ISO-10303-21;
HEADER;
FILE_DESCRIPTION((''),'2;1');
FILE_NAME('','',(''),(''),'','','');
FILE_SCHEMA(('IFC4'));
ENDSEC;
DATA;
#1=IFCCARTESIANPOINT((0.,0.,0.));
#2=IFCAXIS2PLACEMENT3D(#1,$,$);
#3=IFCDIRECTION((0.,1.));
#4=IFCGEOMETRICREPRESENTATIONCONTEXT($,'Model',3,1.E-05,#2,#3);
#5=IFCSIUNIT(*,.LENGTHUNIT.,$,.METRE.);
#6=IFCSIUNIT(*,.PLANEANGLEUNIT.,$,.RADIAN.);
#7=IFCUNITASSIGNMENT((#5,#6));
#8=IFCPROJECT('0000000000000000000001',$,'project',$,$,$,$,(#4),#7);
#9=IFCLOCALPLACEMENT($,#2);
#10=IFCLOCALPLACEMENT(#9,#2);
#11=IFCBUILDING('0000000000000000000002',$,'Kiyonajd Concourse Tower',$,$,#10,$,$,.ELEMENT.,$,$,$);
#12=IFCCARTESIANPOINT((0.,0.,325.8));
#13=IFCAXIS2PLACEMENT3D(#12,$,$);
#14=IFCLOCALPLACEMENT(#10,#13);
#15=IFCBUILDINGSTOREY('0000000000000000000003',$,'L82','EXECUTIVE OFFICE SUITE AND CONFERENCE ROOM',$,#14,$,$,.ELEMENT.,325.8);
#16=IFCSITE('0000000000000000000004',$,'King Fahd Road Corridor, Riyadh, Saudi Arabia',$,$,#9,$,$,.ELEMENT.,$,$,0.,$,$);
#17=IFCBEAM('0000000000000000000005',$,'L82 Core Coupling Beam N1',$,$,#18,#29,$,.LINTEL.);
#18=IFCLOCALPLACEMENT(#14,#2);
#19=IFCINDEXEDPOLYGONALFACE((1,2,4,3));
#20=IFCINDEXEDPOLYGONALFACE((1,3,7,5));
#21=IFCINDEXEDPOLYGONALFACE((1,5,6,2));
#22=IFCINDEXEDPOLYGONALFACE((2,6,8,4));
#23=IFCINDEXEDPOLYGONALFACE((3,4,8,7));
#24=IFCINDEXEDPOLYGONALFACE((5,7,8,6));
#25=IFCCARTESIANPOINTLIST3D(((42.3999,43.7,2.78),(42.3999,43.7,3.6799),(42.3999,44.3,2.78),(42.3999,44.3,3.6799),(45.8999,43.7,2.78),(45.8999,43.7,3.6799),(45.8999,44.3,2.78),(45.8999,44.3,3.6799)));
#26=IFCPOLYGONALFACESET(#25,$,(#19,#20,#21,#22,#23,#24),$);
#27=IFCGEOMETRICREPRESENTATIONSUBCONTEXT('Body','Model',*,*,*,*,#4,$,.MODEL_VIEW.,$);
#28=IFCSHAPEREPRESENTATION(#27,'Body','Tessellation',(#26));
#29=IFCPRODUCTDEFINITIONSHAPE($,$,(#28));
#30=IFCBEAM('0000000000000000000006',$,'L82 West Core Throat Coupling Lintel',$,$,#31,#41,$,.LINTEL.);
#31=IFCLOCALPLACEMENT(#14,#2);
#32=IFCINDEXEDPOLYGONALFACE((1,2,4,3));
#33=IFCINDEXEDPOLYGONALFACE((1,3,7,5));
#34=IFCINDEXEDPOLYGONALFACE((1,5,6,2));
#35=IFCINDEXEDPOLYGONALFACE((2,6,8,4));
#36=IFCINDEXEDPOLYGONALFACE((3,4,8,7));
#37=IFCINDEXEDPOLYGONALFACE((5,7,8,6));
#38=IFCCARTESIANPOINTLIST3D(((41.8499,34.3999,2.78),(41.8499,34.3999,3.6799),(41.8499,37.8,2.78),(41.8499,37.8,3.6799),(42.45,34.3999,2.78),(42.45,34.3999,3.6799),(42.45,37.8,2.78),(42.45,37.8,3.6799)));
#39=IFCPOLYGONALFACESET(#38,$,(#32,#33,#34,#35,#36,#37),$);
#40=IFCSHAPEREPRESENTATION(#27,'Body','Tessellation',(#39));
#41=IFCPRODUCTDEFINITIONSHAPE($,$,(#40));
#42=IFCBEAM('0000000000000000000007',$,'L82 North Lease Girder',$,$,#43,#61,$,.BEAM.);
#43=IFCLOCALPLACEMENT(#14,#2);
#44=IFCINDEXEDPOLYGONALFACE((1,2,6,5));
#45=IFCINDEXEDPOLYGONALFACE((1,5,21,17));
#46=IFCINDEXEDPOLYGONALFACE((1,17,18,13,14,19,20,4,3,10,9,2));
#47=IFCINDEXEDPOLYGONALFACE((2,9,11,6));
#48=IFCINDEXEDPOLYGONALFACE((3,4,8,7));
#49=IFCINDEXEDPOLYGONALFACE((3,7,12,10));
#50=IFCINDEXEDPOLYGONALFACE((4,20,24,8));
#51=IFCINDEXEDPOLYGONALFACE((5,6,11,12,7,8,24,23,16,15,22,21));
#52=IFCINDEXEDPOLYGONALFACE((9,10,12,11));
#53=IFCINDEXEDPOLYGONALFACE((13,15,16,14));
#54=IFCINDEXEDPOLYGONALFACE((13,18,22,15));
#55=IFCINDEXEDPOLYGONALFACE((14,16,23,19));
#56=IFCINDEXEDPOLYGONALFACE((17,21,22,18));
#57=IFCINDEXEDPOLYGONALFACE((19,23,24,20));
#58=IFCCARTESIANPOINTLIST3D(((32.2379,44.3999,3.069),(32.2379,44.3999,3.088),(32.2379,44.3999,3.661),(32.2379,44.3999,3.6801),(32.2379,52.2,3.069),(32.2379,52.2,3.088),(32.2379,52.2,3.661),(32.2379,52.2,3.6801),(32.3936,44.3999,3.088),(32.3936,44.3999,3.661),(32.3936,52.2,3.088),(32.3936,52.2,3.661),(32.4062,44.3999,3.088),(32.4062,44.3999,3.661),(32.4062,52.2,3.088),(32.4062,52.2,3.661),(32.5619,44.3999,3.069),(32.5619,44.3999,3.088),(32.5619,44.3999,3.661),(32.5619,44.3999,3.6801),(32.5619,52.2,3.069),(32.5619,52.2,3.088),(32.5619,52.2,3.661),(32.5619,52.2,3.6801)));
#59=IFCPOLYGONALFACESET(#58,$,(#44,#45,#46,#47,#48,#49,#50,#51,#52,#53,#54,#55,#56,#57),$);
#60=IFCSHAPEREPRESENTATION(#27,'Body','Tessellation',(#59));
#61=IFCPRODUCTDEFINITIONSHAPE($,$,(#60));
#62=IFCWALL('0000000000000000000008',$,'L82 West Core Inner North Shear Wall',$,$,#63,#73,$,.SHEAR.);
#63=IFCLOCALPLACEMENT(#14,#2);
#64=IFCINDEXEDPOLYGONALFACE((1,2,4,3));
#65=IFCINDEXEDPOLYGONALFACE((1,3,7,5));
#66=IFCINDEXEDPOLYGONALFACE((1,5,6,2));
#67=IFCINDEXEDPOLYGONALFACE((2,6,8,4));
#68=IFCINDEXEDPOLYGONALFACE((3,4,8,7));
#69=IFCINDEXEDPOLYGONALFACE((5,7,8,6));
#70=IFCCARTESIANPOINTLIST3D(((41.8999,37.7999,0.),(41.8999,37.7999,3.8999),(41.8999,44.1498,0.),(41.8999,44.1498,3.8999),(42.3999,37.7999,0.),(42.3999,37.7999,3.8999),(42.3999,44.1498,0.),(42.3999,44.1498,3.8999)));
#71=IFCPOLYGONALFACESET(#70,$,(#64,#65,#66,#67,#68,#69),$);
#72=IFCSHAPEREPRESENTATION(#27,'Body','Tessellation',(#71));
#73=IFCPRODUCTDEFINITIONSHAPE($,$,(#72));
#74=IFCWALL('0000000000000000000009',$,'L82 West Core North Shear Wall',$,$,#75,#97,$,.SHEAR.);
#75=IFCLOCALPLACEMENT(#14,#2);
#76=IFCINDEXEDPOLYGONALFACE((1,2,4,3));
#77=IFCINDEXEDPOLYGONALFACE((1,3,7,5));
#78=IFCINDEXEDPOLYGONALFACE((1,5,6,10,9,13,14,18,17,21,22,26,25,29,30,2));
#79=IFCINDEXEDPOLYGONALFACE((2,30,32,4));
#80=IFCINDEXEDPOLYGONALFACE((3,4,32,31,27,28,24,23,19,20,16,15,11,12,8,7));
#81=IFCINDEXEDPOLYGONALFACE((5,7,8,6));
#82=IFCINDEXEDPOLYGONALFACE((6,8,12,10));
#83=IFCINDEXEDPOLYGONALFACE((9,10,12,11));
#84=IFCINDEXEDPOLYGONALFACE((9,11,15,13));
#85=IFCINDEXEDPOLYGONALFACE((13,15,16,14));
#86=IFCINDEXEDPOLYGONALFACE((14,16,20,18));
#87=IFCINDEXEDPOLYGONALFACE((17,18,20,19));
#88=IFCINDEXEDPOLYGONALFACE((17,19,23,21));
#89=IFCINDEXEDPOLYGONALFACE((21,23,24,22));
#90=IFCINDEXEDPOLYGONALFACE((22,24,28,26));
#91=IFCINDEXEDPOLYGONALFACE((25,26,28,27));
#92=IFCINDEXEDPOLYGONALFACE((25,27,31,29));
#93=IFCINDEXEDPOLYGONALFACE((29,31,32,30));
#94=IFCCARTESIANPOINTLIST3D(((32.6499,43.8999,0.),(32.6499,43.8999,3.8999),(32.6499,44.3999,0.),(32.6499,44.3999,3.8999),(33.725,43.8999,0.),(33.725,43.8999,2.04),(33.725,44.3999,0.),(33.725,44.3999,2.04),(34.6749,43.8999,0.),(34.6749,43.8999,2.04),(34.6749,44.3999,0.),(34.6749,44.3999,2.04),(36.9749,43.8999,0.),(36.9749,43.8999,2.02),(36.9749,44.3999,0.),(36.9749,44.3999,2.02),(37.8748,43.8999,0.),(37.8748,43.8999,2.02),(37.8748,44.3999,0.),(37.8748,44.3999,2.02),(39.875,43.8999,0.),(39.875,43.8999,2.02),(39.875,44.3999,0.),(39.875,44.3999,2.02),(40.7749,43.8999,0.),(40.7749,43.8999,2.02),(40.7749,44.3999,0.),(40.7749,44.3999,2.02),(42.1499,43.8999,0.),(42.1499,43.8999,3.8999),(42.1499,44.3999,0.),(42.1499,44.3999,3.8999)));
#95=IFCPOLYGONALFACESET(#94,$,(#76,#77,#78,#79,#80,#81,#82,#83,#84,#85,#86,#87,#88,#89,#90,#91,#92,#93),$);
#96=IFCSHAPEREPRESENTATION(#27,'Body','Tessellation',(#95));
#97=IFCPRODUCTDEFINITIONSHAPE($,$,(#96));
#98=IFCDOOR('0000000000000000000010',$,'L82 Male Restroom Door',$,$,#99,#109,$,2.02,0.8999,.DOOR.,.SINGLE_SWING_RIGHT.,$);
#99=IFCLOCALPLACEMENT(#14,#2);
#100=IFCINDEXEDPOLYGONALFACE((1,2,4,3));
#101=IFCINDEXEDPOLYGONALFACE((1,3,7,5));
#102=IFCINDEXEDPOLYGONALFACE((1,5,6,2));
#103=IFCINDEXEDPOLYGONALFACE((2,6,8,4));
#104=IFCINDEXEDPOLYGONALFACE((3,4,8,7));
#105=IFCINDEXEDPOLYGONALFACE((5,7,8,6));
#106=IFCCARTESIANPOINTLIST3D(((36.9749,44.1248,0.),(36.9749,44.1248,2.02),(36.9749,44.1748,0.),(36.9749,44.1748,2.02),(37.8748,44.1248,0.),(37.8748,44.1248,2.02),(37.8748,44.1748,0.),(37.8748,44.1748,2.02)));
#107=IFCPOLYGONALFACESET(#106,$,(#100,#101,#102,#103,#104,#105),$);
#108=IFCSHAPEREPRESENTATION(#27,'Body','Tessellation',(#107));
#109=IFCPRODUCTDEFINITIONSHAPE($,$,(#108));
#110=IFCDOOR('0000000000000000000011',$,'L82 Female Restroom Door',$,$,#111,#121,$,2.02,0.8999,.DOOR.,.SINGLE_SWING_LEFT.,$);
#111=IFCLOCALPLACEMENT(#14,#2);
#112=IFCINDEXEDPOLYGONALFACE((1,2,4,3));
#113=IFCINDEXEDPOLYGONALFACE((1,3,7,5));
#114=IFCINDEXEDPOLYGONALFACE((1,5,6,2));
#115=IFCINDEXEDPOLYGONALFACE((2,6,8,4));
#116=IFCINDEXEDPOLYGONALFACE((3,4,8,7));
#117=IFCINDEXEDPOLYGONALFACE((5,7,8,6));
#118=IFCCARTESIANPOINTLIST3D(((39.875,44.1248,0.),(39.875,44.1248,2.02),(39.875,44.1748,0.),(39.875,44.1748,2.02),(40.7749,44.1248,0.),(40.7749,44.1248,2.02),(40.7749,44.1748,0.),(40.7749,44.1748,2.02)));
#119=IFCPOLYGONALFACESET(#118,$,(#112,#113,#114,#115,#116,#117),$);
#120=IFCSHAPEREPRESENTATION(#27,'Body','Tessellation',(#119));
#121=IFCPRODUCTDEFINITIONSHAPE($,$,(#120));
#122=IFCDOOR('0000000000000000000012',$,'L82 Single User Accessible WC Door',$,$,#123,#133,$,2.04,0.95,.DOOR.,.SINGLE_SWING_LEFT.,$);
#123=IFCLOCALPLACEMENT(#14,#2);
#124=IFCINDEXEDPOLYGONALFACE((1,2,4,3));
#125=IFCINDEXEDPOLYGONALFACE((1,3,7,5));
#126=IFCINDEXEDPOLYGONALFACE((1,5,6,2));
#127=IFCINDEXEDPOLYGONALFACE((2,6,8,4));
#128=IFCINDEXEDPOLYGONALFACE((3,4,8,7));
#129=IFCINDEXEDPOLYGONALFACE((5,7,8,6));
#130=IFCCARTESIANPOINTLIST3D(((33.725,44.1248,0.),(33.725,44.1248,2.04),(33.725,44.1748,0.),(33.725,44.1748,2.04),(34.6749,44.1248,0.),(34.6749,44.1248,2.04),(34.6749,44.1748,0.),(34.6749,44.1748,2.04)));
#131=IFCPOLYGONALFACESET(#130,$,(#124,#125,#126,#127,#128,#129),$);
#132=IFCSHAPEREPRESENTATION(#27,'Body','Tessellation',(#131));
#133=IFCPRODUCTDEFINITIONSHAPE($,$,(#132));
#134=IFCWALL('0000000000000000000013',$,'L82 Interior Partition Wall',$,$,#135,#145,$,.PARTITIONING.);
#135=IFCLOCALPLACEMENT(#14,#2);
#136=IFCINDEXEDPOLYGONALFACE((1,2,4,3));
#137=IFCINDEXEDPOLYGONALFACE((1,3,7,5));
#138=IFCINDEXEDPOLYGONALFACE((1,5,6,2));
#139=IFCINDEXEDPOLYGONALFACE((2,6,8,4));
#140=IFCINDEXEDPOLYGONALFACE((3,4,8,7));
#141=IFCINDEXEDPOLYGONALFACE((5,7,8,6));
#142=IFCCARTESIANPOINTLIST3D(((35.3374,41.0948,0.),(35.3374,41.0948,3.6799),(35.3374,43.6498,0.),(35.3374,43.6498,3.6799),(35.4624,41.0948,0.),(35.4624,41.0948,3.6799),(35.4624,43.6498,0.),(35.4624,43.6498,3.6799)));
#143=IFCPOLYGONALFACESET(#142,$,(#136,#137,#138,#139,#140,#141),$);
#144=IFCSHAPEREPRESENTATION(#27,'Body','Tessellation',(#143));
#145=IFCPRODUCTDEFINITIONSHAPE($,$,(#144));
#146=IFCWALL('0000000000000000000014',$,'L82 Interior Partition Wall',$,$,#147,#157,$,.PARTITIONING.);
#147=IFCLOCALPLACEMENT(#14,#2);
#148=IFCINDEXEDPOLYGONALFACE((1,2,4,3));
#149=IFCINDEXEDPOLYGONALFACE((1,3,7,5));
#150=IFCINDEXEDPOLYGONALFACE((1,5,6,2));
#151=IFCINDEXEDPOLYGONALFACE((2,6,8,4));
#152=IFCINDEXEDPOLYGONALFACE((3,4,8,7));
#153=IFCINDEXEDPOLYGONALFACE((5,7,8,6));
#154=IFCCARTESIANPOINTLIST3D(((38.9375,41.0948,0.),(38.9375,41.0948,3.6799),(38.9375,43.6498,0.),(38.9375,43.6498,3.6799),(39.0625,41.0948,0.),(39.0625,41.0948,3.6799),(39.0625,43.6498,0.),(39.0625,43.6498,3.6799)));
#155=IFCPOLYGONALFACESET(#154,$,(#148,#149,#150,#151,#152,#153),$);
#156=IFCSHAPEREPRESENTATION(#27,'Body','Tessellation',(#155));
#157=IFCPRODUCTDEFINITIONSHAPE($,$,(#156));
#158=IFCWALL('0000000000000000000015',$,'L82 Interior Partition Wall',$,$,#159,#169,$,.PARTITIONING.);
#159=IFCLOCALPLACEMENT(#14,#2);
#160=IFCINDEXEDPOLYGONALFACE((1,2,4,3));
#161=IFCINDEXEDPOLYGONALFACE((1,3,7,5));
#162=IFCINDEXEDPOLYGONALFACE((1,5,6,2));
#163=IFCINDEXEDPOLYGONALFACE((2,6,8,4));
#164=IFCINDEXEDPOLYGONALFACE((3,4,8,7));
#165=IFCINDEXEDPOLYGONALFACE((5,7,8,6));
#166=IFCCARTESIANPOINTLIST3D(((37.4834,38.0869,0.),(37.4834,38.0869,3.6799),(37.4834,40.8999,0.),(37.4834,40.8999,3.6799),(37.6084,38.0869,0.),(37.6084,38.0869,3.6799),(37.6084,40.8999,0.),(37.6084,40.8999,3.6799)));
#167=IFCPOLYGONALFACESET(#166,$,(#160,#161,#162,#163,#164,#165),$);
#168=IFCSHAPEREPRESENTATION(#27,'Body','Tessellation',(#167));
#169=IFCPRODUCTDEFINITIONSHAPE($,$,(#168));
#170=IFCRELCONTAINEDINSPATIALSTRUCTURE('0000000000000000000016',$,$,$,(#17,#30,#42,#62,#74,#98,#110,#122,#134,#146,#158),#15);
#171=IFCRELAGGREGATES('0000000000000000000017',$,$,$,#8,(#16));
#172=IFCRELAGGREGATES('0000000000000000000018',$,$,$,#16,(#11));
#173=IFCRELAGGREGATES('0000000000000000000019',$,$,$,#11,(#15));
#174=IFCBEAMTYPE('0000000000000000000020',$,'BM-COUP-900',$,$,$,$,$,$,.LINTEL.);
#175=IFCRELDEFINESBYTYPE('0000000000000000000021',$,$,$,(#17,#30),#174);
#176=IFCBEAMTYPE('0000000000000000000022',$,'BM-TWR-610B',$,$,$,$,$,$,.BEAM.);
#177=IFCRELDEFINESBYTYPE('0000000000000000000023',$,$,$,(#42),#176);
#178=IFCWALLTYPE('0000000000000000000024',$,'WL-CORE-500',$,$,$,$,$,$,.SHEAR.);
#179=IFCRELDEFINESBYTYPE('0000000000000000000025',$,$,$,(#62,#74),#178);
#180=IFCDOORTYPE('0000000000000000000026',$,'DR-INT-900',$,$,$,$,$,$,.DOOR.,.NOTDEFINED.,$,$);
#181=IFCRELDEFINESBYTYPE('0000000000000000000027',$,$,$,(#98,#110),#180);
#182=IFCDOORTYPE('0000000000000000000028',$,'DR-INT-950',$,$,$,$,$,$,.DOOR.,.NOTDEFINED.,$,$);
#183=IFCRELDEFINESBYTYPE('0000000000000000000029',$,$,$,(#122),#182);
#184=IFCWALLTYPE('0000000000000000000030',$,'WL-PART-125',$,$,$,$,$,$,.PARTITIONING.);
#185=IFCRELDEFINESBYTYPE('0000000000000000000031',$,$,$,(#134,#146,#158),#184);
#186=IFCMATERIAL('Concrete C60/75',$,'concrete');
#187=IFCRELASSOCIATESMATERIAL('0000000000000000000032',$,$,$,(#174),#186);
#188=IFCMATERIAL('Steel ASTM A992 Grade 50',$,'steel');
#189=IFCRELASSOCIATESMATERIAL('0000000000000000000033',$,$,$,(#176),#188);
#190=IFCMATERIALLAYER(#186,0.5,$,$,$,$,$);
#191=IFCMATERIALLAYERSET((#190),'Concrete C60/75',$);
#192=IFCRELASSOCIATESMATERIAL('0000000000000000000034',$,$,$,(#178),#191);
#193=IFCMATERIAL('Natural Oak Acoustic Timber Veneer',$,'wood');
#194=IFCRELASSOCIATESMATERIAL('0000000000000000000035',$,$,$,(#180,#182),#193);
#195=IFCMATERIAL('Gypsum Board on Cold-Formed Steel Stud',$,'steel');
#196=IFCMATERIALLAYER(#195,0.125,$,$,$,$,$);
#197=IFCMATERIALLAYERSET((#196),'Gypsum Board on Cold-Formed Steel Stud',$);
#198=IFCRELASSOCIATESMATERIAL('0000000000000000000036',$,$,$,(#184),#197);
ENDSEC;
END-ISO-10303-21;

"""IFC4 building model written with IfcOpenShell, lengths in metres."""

from ifc_helpers import new_model, si_unit, direction, frame, frame_2d, origin, origin_2d, place, context, subcontext, project, spatial, rectangle, i_section, extrude, material, layer, layer_set, material_profile, profile_set, type_object, element, fill, save


model = new_model("IFC4")

# Units and contexts
model_context = context("Model", 3, precision=1e-05, world=origin(), true_north=direction((0.0, 1.0)))
body_context = subcontext(model_context, "Body", "Model", "MODEL_VIEW")
ifc_project = project(units=[si_unit("LENGTHUNIT", "METRE"), si_unit("PLANEANGLEUNIT", "RADIAN")], contexts=[model_context])

# Site, building, storey
site_placement = place(None, origin())
site = spatial("IfcSite", under=ifc_project, at=site_placement, Name="King Fahd Road Corridor, Riyadh, Saudi Arabia", CompositionType="ELEMENT", RefElevation=0.0)
building_placement = place(site_placement, origin())
building = spatial("IfcBuilding", under=site, at=building_placement, Name="Kiyonajd Concourse Tower", CompositionType="ELEMENT")
storey_placement = place(building_placement, frame((0.0, 0.0, 325.8)))
storey = spatial("IfcBuildingStorey", under=building, at=storey_placement, Name="L82", Description="EXECUTIVE OFFICE SUITE AND CONFERENCE ROOM", CompositionType="ELEMENT", Elevation=325.8)

# Beams
ifc_material_1 = material(Name="Concrete C60/75", Category="concrete")
ifc_material_profile_1 = material_profile(ifc_material_1, rectangle(XDim=0.6001, YDim=0.8999, at=origin_2d()), Name="RCBM-600x900")
ifc_profile_set_1 = profile_set([ifc_material_profile_1], Name="Concrete C60/75")
beam_type_1 = type_object("IfcBeamType", Name="BM-COUP-900", PredefinedType="LINTEL", material=ifc_profile_set_1)
beam_1_placement = place(storey_placement, frame((42.3999, 44.0, 3.23), z_axis=(1.0, 0.0, 0.0), x_axis=(0.0, 1.0, 0.0)))
element("IfcBeam", 1, at=beam_1_placement, inside=storey, type_object=beam_type_1, Name="L82 Core Coupling Beam N1", PredefinedType="LINTEL", context=body_context, shape_type="SweptSolid", body=[
    extrude(rectangle(XDim=0.6001, YDim=0.8999, at=origin_2d()), origin(), (0.0, 0.0, 1.0), 3.5),
])
beam_2_placement = place(storey_placement, frame((42.1499, 34.3999, 3.23), z_axis=(0.0, 1.0, 0.0), x_axis=(-1.0, 0.0, 0.0)))
element("IfcBeam", 2, at=beam_2_placement, inside=storey, type_object=beam_type_1, Name="L82 West Core Throat Coupling Lintel", PredefinedType="LINTEL", context=body_context, shape_type="SweptSolid", body=[
    extrude(rectangle(XDim=0.6001, YDim=0.8999, at=origin_2d()), origin(), (0.0, 0.0, 1.0), 3.4001),
])
ifc_material_2 = material(Name="Steel ASTM A992 Grade 50", Category="steel")
ifc_material_profile_2 = material_profile(ifc_material_2, i_section(OverallWidth=0.324, OverallDepth=0.6111, WebThickness=0.0127, FlangeThickness=0.019, at=origin_2d()), Name="W610X155")
ifc_profile_set_2 = profile_set([ifc_material_profile_2], Name="Steel ASTM A992 Grade 50")
beam_type_2 = type_object("IfcBeamType", Name="BM-TWR-610B", PredefinedType="BEAM", material=ifc_profile_set_2)
beam_3_placement = place(storey_placement, frame((32.3999, 44.3999, 3.3745), z_axis=(0.0, 1.0, 0.0), x_axis=(-1.0, 0.0, 0.0)))
element("IfcBeam", 3, at=beam_3_placement, inside=storey, type_object=beam_type_2, Name="L82 North Lease Girder", PredefinedType="BEAM", context=body_context, shape_type="SweptSolid", body=[
    extrude(i_section(OverallWidth=0.324, OverallDepth=0.6111, WebThickness=0.0127, FlangeThickness=0.019, at=origin_2d()), origin(), (0.0, 0.0, 1.0), 7.8),
])

# Wall
ifc_layer_1 = layer(ifc_material_1, 0.5)
ifc_layer_set_1 = layer_set([ifc_layer_1], Name="Concrete C60/75")
wall_type_1 = type_object("IfcWallType", Name="WL-CORE-500", PredefinedType="SHEAR", material=ifc_layer_set_1)
wall_1_placement = place(storey_placement, frame((42.1499, 37.8, 0.0), z_axis=(0.0, 0.0, 1.0), x_axis=(0.0, 1.0, 0.0)))
element("IfcWall", 4, at=wall_1_placement, inside=storey, type_object=wall_type_1, Name="L82 West Core Inner North Shear Wall", PredefinedType="SHEAR", context=body_context, shape_type="SweptSolid", body=[
    extrude(rectangle(XDim=6.3499, YDim=0.5, at=frame_2d((3.1748, 0.0))), origin(), (0.0, 0.0, 1.0), 3.8999),
])

# Wall, openings, doors
wall_2_placement = place(storey_placement, frame((32.6499, 44.1499, 0.0), z_axis=(0.0, 0.0, 1.0), x_axis=(1.0, 0.0, 0.0)))
wall_2 = element("IfcWall", 5, at=wall_2_placement, inside=storey, type_object=wall_type_1, Name="L82 West Core North Shear Wall", PredefinedType="SHEAR", context=body_context, shape_type="SweptSolid", body=[
    extrude(rectangle(XDim=9.5, YDim=0.5, at=frame_2d((4.75, 0.0))), origin(), (0.0, 0.0, 1.0), 3.8999),
])
opening_1_placement = place(wall_2_placement, frame((1.075, 0.0, 0.0)))
opening_1 = element("IfcOpeningElement", 6, at=opening_1_placement, cuts=wall_2, PredefinedType="OPENING", context=body_context, shape_type="SweptSolid", body=[
    extrude(rectangle(XDim=0.95, YDim=2.04, at=frame_2d((0.4751, 1.02))), frame((0.0, 0.26, 0.0), z_axis=(0.0, -1.0, 0.0), x_axis=(1.0, 0.0, 0.0)), (0.0, 0.0, 1.0), 0.52),
])
opening_2_placement = place(wall_2_placement, frame((4.325, 0.0, 0.0)))
opening_2 = element("IfcOpeningElement", 7, at=opening_2_placement, cuts=wall_2, PredefinedType="OPENING", context=body_context, shape_type="SweptSolid", body=[
    extrude(rectangle(XDim=0.8999, YDim=2.02, at=frame_2d((0.45, 1.01))), frame((0.0, 0.26, 0.0), z_axis=(0.0, -1.0, 0.0), x_axis=(1.0, 0.0, 0.0)), (0.0, 0.0, 1.0), 0.52),
])
opening_3_placement = place(wall_2_placement, frame((7.2251, 0.0, 0.0)))
opening_3 = element("IfcOpeningElement", 8, at=opening_3_placement, cuts=wall_2, PredefinedType="OPENING", context=body_context, shape_type="SweptSolid", body=[
    extrude(rectangle(XDim=0.8999, YDim=2.02, at=frame_2d((0.45, 1.01))), frame((0.0, 0.26, 0.0), z_axis=(0.0, -1.0, 0.0), x_axis=(1.0, 0.0, 0.0)), (0.0, 0.0, 1.0), 0.52),
])
ifc_material_3 = material(Name="Natural Oak Acoustic Timber Veneer", Category="wood")
door_type_1 = type_object("IfcDoorType", Name="DR-INT-900", OperationType="NOTDEFINED", PredefinedType="DOOR", material=ifc_material_3)
door_1_placement = place(opening_2_placement, origin())
door_1 = element("IfcDoor", 9, at=door_1_placement, inside=storey, type_object=door_type_1, Name="L82 Male Restroom Door", OperationType="SINGLE_SWING_RIGHT", OverallHeight=2.02, OverallWidth=0.8999, PredefinedType="DOOR", context=body_context, shape_type="SweptSolid", body=[
    extrude(rectangle(XDim=0.8999, YDim=2.02, at=frame_2d((0.45, 1.01))), frame((0.0, 0.0249, 0.0), z_axis=(0.0, -1.0, 0.0), x_axis=(1.0, 0.0, 0.0)), (0.0, 0.0, 1.0), 0.05),
])
fill(opening_2, door_1)
door_2_placement = place(opening_3_placement, origin())
door_2 = element("IfcDoor", 10, at=door_2_placement, inside=storey, type_object=door_type_1, Name="L82 Female Restroom Door", OperationType="SINGLE_SWING_LEFT", OverallHeight=2.02, OverallWidth=0.8999, PredefinedType="DOOR", context=body_context, shape_type="SweptSolid", body=[
    extrude(rectangle(XDim=0.8999, YDim=2.02, at=frame_2d((0.45, 1.01))), frame((0.0, 0.0249, 0.0), z_axis=(0.0, -1.0, 0.0), x_axis=(1.0, 0.0, 0.0)), (0.0, 0.0, 1.0), 0.05),
])
fill(opening_3, door_2)
door_type_2 = type_object("IfcDoorType", Name="DR-INT-950", OperationType="NOTDEFINED", PredefinedType="DOOR", material=ifc_material_3)
door_3_placement = place(opening_1_placement, origin())
door_3 = element("IfcDoor", 11, at=door_3_placement, inside=storey, type_object=door_type_2, Name="L82 Single User Accessible WC Door", OperationType="SINGLE_SWING_LEFT", OverallHeight=2.04, OverallWidth=0.95, PredefinedType="DOOR", context=body_context, shape_type="SweptSolid", body=[
    extrude(rectangle(XDim=0.95, YDim=2.04, at=frame_2d((0.4751, 1.02))), frame((0.0, 0.0249, 0.0), z_axis=(0.0, -1.0, 0.0), x_axis=(1.0, 0.0, 0.0)), (0.0, 0.0, 1.0), 0.05),
])
fill(opening_1, door_3)

# Walls
ifc_material_4 = material(Name="Gypsum Board on Cold-Formed Steel Stud", Category="steel")
ifc_layer_2 = layer(ifc_material_4, 0.125)
ifc_layer_set_2 = layer_set([ifc_layer_2], Name="Gypsum Board on Cold-Formed Steel Stud")
wall_type_2 = type_object("IfcWallType", Name="WL-PART-125", PredefinedType="PARTITIONING", material=ifc_layer_set_2)
for number, where, z_axis, x_axis, name in (
    (12, (35.3999, 41.095, 0.0), (0.0, 0.0, 1.0), (0.0, 1.0, 0.0), "L82 Interior Partition Wall"),
    (13, (39.0, 41.095, 0.0), (0.0, 0.0, 1.0), (0.0, 1.0, 0.0), "L82 Interior Partition Wall"),
):
    element("IfcWall", number, at=place(storey_placement, frame(where, z_axis=z_axis, x_axis=x_axis)), inside=storey, type_object=wall_type_2, Name=name, PredefinedType="PARTITIONING", context=body_context, shape_type="SweptSolid", body=[
        extrude(rectangle(XDim=2.5549, YDim=0.125, at=frame_2d((1.2773, 0.0))), origin(), (0.0, 0.0, 1.0), 3.6799),
    ])
wall_3_placement = place(storey_placement, frame((37.5459, 38.0869, 0.0), z_axis=(0.0, 0.0, 1.0), x_axis=(0.0, 1.0, 0.0)))
element("IfcWall", 14, at=wall_3_placement, inside=storey, type_object=wall_type_2, Name="L82 Interior Partition Wall", PredefinedType="PARTITIONING", context=body_context, shape_type="SweptSolid", body=[
    extrude(rectangle(XDim=2.813, YDim=0.125, at=frame_2d((1.4065, 0.0))), origin(), (0.0, 0.0, 1.0), 3.6799),
])

save(model, "model.ifc")
